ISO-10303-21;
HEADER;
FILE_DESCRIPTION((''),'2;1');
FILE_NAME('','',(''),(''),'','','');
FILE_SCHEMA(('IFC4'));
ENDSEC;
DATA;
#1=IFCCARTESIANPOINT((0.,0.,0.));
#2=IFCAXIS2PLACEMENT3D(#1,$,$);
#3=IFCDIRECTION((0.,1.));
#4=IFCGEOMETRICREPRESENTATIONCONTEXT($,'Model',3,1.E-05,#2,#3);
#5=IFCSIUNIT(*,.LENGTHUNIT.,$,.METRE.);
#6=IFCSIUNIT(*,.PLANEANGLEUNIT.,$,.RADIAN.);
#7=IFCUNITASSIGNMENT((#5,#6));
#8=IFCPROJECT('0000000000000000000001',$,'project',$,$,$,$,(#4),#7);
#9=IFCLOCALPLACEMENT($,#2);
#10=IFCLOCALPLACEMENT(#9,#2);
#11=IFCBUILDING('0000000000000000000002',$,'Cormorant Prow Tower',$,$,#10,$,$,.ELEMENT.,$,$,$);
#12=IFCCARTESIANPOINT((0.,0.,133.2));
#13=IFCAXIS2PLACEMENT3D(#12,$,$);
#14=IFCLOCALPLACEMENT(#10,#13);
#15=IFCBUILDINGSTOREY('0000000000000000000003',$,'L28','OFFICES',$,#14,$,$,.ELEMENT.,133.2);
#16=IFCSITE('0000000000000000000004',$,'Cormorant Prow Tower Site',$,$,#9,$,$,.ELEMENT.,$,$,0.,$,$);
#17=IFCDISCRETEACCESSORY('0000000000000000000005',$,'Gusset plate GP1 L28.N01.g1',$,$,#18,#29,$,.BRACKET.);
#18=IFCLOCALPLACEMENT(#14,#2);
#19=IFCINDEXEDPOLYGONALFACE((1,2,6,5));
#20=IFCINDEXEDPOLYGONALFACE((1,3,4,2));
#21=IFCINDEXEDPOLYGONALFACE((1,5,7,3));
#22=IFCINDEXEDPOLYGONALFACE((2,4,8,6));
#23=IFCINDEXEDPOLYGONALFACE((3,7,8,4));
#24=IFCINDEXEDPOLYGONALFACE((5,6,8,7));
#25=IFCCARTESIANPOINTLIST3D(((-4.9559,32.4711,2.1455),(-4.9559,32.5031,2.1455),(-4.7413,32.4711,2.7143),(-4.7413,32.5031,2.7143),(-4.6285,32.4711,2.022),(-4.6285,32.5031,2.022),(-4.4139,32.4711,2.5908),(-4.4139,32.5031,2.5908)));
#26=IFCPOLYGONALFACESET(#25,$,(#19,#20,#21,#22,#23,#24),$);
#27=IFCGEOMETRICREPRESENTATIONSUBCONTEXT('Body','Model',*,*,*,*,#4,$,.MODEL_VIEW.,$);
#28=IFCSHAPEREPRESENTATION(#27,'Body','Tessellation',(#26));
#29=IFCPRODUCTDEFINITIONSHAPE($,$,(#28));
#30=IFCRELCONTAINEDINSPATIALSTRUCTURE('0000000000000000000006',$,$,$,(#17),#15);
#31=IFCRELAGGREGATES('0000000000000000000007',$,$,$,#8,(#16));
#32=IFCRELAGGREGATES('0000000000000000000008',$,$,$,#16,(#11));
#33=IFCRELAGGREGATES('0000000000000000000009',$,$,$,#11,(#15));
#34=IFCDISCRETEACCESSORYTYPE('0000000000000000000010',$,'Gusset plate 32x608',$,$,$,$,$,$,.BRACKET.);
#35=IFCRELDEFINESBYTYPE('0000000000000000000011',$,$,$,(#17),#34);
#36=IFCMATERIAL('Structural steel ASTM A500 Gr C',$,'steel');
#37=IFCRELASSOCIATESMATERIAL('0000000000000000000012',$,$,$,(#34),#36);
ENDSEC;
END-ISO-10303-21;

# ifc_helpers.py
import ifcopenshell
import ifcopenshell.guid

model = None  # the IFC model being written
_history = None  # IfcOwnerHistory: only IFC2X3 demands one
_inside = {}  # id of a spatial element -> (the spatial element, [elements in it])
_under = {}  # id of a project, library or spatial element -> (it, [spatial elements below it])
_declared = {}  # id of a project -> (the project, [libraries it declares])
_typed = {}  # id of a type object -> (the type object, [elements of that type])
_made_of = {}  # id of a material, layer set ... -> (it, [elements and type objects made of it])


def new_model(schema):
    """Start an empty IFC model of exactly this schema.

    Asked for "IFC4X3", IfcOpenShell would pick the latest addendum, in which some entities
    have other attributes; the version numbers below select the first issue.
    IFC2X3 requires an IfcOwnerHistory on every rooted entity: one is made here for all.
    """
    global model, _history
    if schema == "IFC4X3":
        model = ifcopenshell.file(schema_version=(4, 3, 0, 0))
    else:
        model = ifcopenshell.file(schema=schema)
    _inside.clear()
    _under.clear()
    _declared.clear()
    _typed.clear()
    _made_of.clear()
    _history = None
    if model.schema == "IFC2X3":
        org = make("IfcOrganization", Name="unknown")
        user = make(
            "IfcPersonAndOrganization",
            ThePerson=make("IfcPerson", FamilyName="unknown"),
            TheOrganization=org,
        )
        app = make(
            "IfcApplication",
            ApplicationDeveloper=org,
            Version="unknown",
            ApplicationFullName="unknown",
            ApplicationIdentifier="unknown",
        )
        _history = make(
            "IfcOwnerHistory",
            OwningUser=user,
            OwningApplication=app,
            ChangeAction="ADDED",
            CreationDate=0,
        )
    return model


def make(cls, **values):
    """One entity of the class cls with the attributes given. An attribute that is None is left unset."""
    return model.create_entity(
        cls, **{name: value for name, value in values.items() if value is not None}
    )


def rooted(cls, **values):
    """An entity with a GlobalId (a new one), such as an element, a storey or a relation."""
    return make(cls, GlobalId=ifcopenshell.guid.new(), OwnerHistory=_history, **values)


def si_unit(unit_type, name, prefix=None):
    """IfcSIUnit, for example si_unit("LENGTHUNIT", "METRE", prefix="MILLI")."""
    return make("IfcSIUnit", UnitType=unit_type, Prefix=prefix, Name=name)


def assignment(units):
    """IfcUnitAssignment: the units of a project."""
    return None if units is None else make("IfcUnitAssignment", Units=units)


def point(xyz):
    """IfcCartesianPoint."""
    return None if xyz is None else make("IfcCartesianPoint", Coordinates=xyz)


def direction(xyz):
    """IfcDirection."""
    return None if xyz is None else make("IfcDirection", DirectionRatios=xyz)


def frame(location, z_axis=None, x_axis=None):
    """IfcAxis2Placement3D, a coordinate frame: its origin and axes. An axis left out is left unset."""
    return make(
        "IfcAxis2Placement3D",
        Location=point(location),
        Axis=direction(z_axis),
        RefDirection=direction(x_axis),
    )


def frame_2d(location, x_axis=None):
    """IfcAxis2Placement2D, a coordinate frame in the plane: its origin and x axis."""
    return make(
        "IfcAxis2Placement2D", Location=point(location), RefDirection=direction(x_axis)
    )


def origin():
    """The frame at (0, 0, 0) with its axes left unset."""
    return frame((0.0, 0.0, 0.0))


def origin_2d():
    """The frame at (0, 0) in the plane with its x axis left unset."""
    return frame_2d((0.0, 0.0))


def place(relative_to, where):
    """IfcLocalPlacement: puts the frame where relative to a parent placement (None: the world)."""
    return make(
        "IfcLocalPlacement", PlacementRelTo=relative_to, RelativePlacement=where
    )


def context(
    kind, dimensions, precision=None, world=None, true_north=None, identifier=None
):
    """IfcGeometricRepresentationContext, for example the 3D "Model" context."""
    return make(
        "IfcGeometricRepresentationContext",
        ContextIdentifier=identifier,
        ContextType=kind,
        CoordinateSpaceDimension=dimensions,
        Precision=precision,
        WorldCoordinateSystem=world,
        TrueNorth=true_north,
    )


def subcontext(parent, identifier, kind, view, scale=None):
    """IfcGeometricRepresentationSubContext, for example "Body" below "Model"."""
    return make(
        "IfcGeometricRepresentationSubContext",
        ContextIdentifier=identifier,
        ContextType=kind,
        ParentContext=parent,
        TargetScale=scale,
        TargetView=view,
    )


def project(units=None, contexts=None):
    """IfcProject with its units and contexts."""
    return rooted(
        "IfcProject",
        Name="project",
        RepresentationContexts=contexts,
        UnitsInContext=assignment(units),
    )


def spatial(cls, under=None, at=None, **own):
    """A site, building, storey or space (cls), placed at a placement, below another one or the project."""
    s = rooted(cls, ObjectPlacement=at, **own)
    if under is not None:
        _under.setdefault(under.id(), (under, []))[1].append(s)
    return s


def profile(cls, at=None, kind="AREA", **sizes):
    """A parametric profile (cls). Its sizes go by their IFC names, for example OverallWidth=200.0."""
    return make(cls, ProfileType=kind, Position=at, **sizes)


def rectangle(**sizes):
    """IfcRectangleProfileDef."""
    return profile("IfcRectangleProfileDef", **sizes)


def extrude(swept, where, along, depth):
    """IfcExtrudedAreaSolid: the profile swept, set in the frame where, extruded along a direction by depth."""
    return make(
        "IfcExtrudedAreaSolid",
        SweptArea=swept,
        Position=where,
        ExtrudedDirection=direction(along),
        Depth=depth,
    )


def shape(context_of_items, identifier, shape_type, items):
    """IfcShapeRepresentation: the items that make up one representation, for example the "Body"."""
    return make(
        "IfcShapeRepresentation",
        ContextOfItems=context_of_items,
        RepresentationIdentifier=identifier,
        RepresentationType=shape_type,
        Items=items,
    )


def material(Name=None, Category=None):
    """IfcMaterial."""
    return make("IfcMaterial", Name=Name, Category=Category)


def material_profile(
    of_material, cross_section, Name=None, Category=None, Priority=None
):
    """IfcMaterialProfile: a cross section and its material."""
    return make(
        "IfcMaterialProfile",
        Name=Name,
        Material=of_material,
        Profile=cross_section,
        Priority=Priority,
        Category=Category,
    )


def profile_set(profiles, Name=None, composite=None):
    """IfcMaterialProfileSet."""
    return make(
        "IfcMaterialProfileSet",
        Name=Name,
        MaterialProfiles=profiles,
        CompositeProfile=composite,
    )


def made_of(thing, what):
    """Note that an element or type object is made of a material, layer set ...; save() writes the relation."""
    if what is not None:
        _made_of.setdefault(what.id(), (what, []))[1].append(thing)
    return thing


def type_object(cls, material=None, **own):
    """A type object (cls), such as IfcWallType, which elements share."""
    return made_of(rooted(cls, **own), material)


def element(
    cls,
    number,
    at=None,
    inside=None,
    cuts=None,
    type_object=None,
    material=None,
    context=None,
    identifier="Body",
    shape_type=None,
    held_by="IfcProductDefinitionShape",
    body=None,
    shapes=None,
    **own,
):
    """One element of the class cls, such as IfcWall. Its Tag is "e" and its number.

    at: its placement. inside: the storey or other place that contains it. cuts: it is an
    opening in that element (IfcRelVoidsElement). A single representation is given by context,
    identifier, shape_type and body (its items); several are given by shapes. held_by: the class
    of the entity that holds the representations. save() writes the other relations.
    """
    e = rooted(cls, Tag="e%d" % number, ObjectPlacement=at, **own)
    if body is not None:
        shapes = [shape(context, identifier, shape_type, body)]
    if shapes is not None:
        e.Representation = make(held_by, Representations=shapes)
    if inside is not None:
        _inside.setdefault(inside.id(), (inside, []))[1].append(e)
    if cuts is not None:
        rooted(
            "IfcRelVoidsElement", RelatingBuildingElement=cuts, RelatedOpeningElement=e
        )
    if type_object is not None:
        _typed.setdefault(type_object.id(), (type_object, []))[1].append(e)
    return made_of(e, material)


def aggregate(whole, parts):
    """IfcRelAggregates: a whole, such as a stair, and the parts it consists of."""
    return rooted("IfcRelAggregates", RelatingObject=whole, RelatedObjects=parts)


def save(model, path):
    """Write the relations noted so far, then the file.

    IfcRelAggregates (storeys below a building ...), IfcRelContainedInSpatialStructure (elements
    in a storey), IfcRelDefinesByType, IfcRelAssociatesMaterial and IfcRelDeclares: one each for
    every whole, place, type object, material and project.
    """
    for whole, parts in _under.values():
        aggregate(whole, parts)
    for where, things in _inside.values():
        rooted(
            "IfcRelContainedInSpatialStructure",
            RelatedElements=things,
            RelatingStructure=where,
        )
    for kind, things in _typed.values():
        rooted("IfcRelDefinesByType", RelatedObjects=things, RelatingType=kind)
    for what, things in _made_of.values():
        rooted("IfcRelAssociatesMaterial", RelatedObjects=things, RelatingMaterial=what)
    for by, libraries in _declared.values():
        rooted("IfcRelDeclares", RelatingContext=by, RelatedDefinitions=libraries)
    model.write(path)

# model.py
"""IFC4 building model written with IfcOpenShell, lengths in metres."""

from ifc_helpers import new_model, si_unit, direction, frame, origin, origin_2d, place, context, subcontext, project, spatial, rectangle, extrude, material, material_profile, profile_set, type_object, element, save


model = new_model("IFC4")

# Units and contexts
model_context = context("Model", 3, precision=1e-05, world=origin(), true_north=direction((0.0, 1.0)))
body_context = subcontext(model_context, "Body", "Model", "MODEL_VIEW")
ifc_project = project(units=[si_unit("LENGTHUNIT", "METRE"), si_unit("PLANEANGLEUNIT", "RADIAN")], contexts=[model_context])

# Site, building, storey
site_placement = place(None, origin())
site = spatial("IfcSite", under=ifc_project, at=site_placement, Name="Cormorant Prow Tower Site", CompositionType="ELEMENT", RefElevation=0.0)
building_placement = place(site_placement, origin())
building = spatial("IfcBuilding", under=site, at=building_placement, Name="Cormorant Prow Tower", CompositionType="ELEMENT")
storey_placement = place(building_placement, frame((0.0, 0.0, 133.2)))
storey = spatial("IfcBuildingStorey", under=building, at=storey_placement, Name="L28", Description="OFFICES", CompositionType="ELEMENT", Elevation=133.2)

# Discrete accessory
ifc_material_1 = material(Name="Structural steel ASTM A500 Gr C", Category="steel")
ifc_material_profile_1 = material_profile(ifc_material_1, rectangle(XDim=0.032, YDim=0.6079, at=origin_2d()), Name="Gusset plate 32x608")
ifc_profile_set_1 = profile_set([ifc_material_profile_1], Name="Structural steel ASTM A500 Gr C")
discrete_accessory_type = type_object("IfcDiscreteAccessoryType", Name="Gusset plate 32x608", PredefinedType="BRACKET", material=ifc_profile_set_1)
discrete_accessory_1_placement = place(storey_placement, frame((-4.5212, 32.4871, 2.3064), z_axis=(-0.93561, 0.0, 0.353034), x_axis=(0.0, -1.0, 0.0)))
element("IfcDiscreteAccessory", 1, at=discrete_accessory_1_placement, inside=storey, type_object=discrete_accessory_type, Name="Gusset plate GP1 L28.N01.g1", PredefinedType="BRACKET", context=body_context, shape_type="SweptSolid", body=[
    extrude(rectangle(XDim=0.032, YDim=0.6079, at=origin_2d()), origin(), (0.0, 0.0, 1.0), 0.3499),
])

save(model, "model.ifc")
